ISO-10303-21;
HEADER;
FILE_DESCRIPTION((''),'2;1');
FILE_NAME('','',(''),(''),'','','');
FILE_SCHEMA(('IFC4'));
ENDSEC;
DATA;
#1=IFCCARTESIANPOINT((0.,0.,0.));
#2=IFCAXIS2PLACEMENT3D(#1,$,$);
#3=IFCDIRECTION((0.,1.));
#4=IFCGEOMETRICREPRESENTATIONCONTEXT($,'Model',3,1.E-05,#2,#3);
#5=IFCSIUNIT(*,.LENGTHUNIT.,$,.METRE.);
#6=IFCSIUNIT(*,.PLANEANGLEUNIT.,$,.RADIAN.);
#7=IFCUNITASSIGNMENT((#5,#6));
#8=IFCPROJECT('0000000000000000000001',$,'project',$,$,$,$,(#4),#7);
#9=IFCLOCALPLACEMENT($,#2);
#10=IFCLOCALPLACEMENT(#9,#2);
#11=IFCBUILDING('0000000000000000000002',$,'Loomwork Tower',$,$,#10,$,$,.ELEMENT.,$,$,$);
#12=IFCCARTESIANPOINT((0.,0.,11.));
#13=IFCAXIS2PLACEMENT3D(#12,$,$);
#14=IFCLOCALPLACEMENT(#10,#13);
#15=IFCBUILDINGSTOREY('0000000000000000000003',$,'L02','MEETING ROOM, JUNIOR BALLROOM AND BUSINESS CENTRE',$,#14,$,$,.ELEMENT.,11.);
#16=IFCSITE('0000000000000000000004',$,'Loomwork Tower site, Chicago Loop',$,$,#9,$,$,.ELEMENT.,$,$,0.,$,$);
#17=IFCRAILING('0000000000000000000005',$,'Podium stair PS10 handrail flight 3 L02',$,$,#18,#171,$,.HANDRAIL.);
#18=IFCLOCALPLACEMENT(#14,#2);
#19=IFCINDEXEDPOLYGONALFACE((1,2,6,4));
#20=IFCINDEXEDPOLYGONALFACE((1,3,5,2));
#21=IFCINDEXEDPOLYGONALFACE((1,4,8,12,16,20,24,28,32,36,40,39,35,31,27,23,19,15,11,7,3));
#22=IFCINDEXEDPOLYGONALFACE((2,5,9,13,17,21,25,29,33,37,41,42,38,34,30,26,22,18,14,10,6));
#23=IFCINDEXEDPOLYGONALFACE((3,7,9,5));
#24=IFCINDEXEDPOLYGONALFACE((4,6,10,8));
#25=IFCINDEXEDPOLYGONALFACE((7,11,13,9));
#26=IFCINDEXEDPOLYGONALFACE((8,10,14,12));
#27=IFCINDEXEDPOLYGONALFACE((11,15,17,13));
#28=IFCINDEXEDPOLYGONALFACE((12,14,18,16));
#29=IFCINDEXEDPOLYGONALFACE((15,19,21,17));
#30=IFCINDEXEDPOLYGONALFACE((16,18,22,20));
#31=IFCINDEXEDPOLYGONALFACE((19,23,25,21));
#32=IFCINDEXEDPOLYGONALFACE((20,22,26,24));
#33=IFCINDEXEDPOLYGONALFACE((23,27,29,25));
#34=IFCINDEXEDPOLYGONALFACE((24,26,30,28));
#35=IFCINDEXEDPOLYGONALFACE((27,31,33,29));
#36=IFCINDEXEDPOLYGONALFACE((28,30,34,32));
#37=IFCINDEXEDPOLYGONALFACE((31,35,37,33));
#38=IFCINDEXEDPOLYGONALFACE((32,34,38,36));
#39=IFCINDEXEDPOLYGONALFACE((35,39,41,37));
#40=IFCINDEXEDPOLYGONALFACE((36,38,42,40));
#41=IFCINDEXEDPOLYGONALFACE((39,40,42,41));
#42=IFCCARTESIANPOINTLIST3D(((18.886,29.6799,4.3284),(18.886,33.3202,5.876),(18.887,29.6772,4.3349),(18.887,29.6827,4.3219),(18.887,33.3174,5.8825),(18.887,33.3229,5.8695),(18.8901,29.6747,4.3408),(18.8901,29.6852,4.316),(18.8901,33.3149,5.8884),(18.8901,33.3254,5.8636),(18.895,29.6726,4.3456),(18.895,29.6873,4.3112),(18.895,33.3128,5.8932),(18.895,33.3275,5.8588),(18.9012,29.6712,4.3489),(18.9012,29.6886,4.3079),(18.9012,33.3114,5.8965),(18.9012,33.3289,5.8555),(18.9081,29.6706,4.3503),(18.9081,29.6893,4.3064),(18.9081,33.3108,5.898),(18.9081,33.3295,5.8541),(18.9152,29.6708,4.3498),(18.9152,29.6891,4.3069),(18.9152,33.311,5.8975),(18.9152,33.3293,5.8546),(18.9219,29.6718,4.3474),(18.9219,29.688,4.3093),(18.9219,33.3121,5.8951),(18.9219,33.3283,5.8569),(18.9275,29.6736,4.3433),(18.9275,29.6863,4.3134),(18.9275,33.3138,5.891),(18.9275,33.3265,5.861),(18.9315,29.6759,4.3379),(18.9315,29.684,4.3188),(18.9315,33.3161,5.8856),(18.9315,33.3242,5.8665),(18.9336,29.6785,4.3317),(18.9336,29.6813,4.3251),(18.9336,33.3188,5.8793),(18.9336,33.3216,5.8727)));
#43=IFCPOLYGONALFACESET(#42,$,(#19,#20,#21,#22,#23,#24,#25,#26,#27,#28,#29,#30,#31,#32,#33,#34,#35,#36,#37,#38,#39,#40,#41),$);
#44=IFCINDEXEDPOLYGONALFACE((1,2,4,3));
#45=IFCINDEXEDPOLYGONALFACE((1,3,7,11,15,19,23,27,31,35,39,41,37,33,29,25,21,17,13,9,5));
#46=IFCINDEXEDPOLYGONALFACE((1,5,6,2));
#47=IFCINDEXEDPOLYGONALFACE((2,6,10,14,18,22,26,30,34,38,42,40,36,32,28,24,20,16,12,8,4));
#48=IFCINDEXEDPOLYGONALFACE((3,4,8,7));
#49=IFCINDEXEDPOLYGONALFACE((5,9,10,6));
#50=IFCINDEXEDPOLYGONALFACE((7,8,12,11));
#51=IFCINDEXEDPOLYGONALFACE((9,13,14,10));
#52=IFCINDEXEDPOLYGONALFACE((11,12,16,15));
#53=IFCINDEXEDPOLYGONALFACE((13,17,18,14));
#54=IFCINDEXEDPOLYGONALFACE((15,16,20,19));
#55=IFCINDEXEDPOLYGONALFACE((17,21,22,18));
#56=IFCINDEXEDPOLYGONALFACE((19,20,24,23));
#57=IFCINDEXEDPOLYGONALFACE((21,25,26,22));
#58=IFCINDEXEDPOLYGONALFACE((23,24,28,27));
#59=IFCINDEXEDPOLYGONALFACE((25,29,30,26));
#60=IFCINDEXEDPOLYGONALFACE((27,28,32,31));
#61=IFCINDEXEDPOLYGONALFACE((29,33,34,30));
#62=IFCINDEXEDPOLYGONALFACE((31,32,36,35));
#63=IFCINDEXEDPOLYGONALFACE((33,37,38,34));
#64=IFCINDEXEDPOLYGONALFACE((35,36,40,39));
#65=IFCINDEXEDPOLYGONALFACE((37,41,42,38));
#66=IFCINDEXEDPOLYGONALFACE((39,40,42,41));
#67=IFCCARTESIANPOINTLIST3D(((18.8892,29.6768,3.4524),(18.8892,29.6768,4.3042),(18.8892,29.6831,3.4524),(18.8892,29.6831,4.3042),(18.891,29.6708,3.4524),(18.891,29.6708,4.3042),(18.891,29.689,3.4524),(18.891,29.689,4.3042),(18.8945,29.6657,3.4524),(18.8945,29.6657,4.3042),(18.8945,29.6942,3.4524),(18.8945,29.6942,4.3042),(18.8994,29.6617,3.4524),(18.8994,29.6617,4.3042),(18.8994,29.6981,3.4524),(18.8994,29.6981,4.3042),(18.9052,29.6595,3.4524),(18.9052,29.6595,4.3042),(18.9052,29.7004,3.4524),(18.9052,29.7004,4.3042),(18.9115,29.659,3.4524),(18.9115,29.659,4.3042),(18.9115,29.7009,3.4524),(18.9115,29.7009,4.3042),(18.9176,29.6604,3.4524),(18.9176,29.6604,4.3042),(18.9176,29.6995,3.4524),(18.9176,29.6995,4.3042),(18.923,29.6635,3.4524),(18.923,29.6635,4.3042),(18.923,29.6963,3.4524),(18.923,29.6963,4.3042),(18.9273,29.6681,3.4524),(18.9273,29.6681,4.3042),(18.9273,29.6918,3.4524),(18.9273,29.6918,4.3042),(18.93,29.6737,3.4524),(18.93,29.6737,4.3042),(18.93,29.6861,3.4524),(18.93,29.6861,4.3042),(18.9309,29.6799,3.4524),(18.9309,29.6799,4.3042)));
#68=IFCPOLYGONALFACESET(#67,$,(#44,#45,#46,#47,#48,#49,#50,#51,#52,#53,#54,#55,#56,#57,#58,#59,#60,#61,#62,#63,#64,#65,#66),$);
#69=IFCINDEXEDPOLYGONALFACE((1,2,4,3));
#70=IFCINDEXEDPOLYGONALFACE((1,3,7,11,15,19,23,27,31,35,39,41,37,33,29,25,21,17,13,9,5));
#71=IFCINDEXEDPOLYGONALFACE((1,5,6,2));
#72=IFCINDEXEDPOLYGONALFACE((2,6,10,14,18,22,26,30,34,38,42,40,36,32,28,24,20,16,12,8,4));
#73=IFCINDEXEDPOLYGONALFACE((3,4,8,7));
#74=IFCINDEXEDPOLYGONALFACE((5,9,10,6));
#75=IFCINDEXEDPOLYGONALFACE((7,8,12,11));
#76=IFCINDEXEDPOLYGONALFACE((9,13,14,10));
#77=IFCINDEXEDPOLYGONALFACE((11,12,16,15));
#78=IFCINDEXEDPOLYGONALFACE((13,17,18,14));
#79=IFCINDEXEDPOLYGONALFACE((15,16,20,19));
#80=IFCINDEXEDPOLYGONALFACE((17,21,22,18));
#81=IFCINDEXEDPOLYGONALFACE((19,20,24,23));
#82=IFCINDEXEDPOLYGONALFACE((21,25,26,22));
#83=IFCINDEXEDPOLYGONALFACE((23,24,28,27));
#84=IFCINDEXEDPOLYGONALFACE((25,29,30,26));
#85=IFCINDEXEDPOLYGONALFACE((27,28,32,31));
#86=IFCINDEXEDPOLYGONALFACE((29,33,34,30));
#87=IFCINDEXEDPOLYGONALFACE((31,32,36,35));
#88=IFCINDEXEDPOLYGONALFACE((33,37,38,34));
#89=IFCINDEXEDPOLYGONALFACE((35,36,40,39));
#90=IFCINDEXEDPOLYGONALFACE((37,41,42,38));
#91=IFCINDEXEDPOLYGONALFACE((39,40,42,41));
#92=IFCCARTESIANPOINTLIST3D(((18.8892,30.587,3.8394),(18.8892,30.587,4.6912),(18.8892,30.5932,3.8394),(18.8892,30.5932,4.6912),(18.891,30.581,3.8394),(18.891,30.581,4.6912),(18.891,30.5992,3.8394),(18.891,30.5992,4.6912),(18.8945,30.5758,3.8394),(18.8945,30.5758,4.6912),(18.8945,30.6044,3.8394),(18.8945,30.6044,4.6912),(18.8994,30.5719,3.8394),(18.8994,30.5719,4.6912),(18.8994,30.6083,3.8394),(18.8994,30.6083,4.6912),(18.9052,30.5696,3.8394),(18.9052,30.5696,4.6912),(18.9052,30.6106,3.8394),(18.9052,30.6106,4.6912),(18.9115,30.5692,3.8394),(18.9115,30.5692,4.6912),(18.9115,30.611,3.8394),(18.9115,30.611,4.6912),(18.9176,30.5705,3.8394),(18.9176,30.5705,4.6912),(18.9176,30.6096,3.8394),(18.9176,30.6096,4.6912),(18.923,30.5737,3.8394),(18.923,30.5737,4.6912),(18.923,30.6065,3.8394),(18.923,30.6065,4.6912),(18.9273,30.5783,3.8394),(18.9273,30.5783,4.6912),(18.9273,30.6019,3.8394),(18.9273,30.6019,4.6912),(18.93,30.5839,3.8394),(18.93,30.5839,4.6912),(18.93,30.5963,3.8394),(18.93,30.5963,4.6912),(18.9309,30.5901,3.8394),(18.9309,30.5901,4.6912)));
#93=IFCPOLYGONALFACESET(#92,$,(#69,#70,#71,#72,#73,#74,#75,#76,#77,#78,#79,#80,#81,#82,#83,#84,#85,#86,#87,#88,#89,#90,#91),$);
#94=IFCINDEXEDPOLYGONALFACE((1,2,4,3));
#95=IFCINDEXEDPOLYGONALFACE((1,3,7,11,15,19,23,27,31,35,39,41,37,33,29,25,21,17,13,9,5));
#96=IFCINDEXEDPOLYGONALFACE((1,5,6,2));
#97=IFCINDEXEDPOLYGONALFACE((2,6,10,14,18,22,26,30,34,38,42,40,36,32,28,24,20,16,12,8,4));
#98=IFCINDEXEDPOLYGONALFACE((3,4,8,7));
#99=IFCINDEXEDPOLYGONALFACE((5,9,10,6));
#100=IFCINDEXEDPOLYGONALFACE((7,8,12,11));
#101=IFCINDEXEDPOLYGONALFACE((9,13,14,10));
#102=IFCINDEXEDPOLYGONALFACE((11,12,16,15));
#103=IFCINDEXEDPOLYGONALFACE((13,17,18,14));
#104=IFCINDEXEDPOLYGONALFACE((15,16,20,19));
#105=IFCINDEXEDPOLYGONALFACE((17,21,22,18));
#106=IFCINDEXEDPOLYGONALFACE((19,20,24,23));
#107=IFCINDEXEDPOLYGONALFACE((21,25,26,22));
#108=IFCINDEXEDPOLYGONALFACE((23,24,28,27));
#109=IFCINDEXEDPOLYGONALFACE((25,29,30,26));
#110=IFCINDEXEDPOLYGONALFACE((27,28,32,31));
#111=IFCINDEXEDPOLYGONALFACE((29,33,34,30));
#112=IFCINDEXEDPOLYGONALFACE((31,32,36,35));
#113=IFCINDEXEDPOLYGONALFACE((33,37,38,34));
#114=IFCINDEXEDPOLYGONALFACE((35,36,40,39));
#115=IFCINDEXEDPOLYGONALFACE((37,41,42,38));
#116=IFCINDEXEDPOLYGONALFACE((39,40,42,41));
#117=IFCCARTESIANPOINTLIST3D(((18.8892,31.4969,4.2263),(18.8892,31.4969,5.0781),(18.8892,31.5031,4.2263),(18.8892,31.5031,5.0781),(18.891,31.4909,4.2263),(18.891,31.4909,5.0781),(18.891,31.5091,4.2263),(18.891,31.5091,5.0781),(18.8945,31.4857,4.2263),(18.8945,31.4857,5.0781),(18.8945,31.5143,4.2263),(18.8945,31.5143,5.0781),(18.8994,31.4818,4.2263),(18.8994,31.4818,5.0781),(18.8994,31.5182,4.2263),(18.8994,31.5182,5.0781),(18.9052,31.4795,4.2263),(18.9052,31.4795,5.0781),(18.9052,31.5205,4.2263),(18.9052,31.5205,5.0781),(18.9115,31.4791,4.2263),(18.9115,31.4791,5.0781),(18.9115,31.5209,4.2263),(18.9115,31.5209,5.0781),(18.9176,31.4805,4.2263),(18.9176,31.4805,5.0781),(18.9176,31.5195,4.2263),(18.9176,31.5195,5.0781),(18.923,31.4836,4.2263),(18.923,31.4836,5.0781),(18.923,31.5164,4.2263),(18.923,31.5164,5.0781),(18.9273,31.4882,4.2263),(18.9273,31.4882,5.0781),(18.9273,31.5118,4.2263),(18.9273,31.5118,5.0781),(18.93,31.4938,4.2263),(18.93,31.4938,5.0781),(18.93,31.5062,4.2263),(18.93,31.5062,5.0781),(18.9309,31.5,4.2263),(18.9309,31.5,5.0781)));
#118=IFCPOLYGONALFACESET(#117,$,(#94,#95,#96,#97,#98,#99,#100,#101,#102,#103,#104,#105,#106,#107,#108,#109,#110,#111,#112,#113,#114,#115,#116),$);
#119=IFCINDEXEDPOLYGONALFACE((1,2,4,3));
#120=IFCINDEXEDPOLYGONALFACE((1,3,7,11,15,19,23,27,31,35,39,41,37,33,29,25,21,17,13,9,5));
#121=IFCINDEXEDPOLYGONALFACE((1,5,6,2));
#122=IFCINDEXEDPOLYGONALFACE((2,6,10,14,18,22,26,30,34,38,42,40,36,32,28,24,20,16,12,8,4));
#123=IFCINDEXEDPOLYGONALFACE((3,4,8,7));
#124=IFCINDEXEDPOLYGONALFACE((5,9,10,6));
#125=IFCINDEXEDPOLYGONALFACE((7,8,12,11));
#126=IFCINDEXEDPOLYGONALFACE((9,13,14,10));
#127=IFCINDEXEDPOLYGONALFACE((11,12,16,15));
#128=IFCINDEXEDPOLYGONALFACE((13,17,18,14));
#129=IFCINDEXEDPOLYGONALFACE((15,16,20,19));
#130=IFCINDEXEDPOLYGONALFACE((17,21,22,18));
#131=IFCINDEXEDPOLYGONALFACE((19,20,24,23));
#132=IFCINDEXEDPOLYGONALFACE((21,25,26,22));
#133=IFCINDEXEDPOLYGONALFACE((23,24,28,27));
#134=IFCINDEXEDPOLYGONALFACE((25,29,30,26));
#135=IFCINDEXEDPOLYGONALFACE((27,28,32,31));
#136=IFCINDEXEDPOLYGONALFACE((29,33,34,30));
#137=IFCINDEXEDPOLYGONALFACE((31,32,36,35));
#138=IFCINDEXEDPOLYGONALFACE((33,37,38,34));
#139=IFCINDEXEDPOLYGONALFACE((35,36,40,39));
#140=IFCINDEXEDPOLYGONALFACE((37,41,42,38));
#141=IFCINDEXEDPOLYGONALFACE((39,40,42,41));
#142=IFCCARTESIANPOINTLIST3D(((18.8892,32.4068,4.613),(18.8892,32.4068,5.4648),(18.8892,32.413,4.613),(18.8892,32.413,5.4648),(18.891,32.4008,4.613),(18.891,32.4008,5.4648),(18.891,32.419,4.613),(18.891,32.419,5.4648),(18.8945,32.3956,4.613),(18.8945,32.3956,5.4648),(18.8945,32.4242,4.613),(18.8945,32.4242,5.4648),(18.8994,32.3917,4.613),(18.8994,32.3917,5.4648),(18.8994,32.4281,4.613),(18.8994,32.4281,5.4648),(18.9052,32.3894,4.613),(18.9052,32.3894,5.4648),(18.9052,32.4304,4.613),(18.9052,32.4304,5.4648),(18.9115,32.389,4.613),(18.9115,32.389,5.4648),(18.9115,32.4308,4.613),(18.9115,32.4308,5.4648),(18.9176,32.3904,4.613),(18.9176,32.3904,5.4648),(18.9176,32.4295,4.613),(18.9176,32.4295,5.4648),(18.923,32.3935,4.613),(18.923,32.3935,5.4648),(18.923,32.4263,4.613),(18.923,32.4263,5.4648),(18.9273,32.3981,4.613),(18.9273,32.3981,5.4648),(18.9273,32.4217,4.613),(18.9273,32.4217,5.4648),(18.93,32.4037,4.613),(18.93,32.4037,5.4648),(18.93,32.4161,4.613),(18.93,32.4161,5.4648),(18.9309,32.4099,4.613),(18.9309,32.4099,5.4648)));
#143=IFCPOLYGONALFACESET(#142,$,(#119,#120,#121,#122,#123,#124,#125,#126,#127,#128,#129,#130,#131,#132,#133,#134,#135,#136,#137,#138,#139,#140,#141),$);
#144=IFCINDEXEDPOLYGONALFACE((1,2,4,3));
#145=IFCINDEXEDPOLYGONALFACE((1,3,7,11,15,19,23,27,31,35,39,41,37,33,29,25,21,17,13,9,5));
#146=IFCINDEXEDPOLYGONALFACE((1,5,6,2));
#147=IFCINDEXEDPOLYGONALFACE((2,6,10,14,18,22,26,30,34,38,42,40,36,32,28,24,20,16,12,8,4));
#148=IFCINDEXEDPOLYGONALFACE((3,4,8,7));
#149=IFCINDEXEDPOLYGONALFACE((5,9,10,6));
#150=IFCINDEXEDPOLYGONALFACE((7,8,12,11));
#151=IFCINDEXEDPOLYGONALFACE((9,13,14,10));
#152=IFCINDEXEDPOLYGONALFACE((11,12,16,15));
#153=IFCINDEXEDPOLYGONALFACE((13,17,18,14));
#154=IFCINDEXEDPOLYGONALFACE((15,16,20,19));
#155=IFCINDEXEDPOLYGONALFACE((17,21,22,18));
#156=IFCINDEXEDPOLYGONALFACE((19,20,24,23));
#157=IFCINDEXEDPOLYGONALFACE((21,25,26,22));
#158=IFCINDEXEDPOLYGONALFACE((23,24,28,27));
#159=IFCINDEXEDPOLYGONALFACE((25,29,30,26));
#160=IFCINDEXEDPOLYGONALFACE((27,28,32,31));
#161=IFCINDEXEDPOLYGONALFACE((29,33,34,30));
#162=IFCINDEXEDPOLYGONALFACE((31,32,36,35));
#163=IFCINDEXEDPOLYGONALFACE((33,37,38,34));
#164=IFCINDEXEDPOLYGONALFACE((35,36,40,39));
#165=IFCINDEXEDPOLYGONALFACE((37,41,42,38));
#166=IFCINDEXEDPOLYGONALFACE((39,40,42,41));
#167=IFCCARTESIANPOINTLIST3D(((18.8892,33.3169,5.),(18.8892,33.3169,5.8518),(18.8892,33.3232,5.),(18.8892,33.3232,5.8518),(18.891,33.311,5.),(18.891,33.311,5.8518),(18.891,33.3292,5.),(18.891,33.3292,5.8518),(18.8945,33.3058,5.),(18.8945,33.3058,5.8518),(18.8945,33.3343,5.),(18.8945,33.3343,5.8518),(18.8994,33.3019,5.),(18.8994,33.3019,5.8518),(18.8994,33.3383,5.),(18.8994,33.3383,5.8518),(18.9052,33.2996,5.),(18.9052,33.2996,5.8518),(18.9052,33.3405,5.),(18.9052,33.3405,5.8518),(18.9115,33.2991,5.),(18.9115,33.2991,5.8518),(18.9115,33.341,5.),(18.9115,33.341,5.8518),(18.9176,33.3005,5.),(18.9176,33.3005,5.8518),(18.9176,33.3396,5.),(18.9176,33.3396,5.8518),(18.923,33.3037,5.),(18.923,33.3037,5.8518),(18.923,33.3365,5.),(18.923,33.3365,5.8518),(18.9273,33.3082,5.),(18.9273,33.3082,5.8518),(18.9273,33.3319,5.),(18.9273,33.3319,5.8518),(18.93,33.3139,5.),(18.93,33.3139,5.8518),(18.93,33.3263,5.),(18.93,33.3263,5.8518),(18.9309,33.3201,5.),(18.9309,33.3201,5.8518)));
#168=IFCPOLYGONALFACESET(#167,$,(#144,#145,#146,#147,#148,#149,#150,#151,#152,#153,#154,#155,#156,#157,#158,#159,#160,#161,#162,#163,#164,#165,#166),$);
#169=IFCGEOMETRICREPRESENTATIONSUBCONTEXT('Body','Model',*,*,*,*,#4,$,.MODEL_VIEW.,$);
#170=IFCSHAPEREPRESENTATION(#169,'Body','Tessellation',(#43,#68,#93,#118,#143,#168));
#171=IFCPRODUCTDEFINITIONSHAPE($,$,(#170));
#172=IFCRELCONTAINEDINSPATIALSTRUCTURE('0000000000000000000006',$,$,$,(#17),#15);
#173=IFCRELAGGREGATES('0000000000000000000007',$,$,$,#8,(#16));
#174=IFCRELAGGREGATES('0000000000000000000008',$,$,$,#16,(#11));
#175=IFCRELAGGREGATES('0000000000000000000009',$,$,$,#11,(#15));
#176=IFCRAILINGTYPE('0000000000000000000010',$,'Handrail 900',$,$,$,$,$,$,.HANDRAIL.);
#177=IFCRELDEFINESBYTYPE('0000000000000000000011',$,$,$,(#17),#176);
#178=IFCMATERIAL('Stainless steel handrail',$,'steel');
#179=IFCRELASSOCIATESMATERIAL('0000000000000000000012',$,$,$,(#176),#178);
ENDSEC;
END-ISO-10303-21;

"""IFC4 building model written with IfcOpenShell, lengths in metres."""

from ifc_helpers import new_model, si_unit, direction, frame, origin, origin_2d, place, context, subcontext, project, spatial, circle, extrude, material, type_object, element, save


model = new_model("IFC4")

# Units and contexts
model_context = context("Model", 3, precision=1e-05, world=origin(), true_north=direction((0.0, 1.0)))
body_context = subcontext(model_context, "Body", "Model", "MODEL_VIEW")
ifc_project = project(units=[si_unit("LENGTHUNIT", "METRE"), si_unit("PLANEANGLEUNIT", "RADIAN")], contexts=[model_context])

# Site, building, storey
site_placement = place(None, origin())
site = spatial("IfcSite", under=ifc_project, at=site_placement, Name="Loomwork Tower site, Chicago Loop", CompositionType="ELEMENT", RefElevation=0.0)
building_placement = place(site_placement, origin())
building = spatial("IfcBuilding", under=site, at=building_placement, Name="Loomwork Tower", CompositionType="ELEMENT")
storey_placement = place(building_placement, frame((0.0, 0.0, 11.0)))
storey = spatial("IfcBuildingStorey", under=building, at=storey_placement, Name="L02", Description="MEETING ROOM, JUNIOR BALLROOM AND BUSINESS CENTRE", CompositionType="ELEMENT", Elevation=11.0)

# Railing
ifc_material_1 = material(Name="Stainless steel handrail", Category="steel")
railing_type = type_object("IfcRailingType", Name="Handrail 900", PredefinedType="HANDRAIL", material=ifc_material_1)
railing_1_placement = place(storey_placement, frame((18.9099, 29.6799, 3.4524)))
element("IfcRailing", 1, at=railing_1_placement, inside=storey, type_object=railing_type, Name="Podium stair PS10 handrail flight 3 L02", PredefinedType="HANDRAIL", context=body_context, shape_type="SweptSolid", body=[
    extrude(circle(Radius=0.0239, at=origin_2d()), frame((0.0, 0.0, 0.876), z_axis=(0.0, 0.920281, 0.391258), x_axis=(-1.0, 0.0, 0.0)), (0.0, 0.0, 1.0), 3.9556),
    extrude(circle(Radius=0.021, at=origin_2d()), origin(), (0.0, 0.0, 1.0), 0.8518),
    extrude(circle(Radius=0.021, at=origin_2d()), frame((0.0, 0.9102, 0.387)), (0.0, 0.0, 1.0), 0.8518),
    extrude(circle(Radius=0.021, at=origin_2d()), frame((0.0, 1.8201, 0.7739)), (0.0, 0.0, 1.0), 0.8518),
    extrude(circle(Radius=0.021, at=origin_2d()), frame((0.0, 2.73, 1.1606)), (0.0, 0.0, 1.0), 0.8518),
    extrude(circle(Radius=0.021, at=origin_2d()), frame((0.0, 3.6401, 1.5476)), (0.0, 0.0, 1.0), 0.8518),
])

save(model, "model.ifc")
